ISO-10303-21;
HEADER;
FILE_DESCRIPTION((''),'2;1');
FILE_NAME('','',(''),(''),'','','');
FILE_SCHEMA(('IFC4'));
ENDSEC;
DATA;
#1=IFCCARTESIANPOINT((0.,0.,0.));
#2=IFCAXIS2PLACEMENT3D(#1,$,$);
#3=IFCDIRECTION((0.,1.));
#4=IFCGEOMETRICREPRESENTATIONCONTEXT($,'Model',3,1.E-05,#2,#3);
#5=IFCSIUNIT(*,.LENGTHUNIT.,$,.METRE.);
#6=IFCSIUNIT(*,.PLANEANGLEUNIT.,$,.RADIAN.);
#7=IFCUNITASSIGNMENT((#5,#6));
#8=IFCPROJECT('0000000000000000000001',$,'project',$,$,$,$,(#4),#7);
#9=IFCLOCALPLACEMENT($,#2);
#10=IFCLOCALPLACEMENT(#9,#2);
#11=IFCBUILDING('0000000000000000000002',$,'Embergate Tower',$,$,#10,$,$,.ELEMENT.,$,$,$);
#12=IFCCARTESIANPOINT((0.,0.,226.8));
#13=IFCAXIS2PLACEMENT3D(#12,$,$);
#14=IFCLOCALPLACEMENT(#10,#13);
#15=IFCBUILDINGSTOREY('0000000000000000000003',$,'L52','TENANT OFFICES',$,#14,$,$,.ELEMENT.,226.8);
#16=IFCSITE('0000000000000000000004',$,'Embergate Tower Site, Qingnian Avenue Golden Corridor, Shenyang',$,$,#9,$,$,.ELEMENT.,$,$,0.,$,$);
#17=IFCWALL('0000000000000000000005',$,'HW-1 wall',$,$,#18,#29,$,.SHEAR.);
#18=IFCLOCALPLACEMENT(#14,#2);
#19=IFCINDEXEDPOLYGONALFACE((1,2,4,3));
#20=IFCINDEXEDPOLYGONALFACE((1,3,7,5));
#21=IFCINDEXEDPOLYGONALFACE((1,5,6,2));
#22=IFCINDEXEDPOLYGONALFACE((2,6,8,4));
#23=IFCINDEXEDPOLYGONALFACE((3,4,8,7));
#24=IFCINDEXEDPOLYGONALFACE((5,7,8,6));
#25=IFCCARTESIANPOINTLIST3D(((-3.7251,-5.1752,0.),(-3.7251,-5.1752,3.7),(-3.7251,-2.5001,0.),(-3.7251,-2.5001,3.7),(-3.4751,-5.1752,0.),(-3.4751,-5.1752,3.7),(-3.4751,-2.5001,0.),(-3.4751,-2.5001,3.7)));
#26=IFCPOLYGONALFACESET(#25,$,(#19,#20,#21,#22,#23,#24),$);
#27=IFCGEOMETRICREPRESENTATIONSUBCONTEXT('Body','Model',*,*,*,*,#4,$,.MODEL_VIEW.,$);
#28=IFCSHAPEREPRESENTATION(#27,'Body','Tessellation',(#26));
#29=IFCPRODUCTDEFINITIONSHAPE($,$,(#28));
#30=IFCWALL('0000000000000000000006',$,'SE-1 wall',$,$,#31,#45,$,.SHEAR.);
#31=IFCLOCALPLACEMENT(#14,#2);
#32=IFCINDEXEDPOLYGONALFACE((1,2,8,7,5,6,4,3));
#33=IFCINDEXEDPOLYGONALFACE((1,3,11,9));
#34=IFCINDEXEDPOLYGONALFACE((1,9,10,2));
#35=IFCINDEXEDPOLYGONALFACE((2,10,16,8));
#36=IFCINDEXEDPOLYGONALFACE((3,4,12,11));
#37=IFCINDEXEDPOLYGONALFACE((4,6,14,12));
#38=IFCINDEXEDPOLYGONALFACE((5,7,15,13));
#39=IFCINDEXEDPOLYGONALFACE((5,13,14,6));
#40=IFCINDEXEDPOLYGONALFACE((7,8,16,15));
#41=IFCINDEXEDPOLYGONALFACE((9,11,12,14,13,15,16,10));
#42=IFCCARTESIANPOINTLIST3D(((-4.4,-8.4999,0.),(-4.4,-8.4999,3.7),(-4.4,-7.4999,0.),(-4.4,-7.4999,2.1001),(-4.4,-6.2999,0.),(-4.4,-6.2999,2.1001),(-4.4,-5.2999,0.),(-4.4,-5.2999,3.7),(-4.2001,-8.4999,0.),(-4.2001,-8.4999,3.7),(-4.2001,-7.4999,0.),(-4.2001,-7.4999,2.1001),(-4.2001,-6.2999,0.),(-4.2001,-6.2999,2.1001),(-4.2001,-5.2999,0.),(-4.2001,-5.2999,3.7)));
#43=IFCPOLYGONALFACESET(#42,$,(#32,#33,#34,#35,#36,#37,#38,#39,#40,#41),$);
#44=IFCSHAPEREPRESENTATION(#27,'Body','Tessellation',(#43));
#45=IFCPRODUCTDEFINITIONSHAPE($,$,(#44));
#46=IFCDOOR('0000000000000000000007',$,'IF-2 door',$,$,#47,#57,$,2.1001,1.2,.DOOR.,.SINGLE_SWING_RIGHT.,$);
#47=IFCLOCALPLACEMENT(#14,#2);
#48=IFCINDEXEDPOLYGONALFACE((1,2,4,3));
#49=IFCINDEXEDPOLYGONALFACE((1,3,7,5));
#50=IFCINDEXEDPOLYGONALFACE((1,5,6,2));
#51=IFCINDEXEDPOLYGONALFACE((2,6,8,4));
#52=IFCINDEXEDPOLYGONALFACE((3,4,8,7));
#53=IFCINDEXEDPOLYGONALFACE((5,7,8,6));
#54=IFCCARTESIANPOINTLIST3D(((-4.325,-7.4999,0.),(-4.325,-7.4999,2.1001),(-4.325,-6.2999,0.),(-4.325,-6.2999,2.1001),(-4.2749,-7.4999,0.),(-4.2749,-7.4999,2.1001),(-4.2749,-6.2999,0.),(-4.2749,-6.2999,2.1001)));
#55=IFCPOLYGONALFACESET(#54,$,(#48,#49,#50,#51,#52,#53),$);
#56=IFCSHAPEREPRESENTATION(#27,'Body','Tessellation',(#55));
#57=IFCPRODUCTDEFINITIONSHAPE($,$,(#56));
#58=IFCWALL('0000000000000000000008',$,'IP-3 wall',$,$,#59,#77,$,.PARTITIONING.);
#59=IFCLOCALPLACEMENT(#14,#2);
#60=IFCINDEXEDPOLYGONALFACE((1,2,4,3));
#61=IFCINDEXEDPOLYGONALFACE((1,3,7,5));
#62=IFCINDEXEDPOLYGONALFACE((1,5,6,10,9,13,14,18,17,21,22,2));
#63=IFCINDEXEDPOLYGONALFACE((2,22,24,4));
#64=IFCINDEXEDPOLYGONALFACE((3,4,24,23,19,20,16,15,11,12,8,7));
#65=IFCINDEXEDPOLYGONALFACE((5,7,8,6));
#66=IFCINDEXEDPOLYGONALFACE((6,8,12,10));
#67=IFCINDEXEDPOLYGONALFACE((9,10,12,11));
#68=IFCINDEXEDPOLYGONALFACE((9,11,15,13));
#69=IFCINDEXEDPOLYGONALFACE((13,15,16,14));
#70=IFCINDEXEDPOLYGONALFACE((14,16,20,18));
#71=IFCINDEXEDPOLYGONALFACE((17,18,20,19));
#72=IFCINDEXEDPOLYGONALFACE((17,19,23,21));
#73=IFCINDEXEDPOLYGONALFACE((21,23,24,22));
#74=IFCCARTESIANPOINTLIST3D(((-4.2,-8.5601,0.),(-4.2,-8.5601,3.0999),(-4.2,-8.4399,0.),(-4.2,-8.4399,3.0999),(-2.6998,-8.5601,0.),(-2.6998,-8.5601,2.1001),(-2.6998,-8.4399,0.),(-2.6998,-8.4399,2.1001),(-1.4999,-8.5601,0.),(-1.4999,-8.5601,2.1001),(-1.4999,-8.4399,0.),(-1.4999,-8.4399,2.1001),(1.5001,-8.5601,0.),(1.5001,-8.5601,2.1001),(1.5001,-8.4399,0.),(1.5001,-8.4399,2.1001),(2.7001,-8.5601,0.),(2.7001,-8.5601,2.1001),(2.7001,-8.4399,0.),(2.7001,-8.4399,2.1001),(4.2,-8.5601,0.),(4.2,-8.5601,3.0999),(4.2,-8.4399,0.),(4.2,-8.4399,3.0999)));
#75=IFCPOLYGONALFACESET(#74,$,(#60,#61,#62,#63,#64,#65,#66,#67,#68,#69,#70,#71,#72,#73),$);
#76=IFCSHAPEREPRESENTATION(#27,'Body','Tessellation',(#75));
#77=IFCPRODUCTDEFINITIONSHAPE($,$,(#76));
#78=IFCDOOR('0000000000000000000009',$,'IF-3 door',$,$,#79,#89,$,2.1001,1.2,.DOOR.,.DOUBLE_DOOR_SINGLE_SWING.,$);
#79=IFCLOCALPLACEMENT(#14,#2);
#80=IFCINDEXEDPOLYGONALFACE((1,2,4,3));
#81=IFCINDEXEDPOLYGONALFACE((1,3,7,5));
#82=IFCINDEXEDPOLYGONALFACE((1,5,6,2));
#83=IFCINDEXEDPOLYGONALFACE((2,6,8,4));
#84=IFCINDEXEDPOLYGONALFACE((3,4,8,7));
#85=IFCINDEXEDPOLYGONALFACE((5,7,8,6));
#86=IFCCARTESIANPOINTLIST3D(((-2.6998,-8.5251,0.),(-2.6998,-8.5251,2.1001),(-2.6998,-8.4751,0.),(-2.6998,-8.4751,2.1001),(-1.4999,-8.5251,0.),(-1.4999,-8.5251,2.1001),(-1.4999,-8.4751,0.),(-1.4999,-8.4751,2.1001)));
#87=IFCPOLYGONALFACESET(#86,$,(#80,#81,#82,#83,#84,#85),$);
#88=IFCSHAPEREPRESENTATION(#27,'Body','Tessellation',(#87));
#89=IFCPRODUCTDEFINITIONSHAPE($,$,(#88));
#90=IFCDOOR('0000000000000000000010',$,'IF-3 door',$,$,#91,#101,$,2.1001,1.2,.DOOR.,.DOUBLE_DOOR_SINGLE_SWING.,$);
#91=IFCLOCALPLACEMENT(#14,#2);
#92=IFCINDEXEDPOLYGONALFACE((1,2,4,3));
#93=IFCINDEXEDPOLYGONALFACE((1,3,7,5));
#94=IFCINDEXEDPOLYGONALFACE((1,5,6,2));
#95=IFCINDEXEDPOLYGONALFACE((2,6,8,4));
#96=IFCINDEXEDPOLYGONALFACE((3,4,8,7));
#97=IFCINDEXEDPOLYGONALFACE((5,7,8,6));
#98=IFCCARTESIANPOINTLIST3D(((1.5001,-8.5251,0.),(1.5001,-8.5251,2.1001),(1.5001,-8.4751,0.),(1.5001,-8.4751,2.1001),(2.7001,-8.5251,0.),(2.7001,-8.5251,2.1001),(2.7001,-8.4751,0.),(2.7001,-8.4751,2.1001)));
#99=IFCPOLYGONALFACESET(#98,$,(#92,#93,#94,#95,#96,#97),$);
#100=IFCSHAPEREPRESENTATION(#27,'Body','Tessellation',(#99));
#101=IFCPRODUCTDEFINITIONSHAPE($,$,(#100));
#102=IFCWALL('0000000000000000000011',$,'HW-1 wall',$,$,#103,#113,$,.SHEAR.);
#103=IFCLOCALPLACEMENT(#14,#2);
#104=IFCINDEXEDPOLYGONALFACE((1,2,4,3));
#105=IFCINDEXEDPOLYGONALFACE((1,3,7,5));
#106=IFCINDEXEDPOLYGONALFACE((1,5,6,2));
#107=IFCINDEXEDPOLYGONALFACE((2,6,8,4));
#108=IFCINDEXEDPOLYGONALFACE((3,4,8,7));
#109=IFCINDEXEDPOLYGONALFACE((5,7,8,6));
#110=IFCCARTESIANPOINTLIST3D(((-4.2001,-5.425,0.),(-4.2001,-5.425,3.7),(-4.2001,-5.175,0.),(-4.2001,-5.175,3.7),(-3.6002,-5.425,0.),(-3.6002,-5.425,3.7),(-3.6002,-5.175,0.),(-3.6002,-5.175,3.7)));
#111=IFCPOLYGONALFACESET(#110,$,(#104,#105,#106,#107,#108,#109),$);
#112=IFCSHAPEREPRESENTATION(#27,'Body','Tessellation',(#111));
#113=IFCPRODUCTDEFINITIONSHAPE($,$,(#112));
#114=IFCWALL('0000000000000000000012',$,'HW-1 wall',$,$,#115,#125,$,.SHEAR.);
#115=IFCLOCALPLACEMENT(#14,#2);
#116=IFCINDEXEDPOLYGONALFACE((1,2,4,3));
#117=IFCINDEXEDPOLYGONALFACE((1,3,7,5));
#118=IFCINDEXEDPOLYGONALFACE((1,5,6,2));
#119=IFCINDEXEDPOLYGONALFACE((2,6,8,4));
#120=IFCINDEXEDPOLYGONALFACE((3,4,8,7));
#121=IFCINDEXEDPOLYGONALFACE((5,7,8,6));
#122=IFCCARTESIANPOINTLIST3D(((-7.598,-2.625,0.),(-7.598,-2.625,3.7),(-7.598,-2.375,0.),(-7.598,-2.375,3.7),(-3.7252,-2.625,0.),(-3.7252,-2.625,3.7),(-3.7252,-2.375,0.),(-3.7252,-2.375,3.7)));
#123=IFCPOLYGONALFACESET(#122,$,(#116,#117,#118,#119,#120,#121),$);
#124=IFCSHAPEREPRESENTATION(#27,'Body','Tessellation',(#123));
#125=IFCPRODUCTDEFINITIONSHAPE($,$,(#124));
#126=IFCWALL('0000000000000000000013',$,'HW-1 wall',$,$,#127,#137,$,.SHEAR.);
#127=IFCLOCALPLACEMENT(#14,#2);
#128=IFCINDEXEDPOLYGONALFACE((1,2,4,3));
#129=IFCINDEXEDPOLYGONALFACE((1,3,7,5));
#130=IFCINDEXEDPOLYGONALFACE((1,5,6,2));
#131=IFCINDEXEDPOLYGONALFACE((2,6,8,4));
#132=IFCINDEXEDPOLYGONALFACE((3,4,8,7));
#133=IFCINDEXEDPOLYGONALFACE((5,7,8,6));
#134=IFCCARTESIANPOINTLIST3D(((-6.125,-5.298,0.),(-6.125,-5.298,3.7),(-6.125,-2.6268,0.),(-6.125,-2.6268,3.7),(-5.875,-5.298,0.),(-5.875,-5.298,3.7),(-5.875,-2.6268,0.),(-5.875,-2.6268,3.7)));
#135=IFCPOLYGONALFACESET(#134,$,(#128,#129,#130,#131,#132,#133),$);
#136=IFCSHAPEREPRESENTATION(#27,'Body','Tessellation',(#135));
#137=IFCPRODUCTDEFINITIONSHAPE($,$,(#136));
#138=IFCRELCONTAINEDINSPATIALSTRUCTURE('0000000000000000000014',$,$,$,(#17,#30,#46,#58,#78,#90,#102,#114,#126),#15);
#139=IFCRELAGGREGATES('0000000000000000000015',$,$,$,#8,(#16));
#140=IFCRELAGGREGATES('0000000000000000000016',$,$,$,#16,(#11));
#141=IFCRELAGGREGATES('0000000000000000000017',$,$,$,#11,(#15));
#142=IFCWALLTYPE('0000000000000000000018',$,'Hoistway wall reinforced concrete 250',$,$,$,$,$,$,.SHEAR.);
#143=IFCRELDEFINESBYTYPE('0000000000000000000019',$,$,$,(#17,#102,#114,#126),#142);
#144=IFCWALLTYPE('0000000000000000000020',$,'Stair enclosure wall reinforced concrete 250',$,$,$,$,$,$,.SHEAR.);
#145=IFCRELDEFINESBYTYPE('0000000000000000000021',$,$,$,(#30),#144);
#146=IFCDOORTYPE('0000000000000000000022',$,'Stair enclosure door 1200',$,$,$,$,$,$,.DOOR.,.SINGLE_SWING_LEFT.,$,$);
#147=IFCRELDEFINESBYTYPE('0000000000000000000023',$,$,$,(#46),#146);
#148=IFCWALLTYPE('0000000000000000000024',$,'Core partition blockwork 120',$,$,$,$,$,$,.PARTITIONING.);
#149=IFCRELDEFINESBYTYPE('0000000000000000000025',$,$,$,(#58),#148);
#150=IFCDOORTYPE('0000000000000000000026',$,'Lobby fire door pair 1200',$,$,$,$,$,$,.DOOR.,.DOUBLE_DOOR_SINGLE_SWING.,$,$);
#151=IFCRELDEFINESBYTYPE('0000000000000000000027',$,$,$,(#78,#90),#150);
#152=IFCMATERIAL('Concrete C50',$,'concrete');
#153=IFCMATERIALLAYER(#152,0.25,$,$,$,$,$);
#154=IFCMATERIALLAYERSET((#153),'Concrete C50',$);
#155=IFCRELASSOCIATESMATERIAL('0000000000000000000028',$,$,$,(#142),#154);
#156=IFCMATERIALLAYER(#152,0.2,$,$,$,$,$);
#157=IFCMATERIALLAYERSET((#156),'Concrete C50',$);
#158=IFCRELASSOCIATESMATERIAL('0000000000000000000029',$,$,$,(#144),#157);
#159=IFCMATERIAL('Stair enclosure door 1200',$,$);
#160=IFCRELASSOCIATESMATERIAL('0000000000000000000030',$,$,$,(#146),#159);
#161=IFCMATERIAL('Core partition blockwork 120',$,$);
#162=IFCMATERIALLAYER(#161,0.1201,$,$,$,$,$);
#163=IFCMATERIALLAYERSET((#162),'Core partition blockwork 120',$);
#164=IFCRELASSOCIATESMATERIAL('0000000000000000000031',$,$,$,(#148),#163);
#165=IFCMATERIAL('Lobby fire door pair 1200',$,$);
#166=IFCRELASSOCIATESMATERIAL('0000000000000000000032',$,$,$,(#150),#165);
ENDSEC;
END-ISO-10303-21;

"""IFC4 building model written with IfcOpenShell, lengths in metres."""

from ifc_helpers import new_model, si_unit, direction, frame, frame_2d, origin, place, context, subcontext, project, spatial, rectangle, extrude, source, transform, mapped, material, layer, layer_set, type_object, element, fill, save


model = new_model("IFC4")

# Units and contexts
model_context = context("Model", 3, precision=1e-05, world=origin(), true_north=direction((0.0, 1.0)))
body_context = subcontext(model_context, "Body", "Model", "MODEL_VIEW")
ifc_project = project(units=[si_unit("LENGTHUNIT", "METRE"), si_unit("PLANEANGLEUNIT", "RADIAN")], contexts=[model_context])

# Site, building, storey
site_placement = place(None, origin())
site = spatial("IfcSite", under=ifc_project, at=site_placement, Name="Embergate Tower Site, Qingnian Avenue Golden Corridor, Shenyang", CompositionType="ELEMENT", RefElevation=0.0)
building_placement = place(site_placement, origin())
building = spatial("IfcBuilding", under=site, at=building_placement, Name="Embergate Tower", CompositionType="ELEMENT")
storey_placement = place(building_placement, frame((0.0, 0.0, 226.8)))
storey = spatial("IfcBuildingStorey", under=building, at=storey_placement, Name="L52", Description="TENANT OFFICES", CompositionType="ELEMENT", Elevation=226.8)

# Wall
ifc_material_1 = material(Name="Concrete C50", Category="concrete")
ifc_layer_1 = layer(ifc_material_1, 0.25)
ifc_layer_set_1 = layer_set([ifc_layer_1], Name="Concrete C50")
wall_type_1 = type_object("IfcWallType", Name="Hoistway wall reinforced concrete 250", PredefinedType="SHEAR", material=ifc_layer_set_1)
shared_shape_1 = source(origin(), body_context, "Body", "SweptSolid", [
    extrude(rectangle(XDim=2.675, YDim=0.25, at=frame_2d((1.3374, 0.0))), origin(), (0.0, 0.0, 1.0), 3.7),
])
wall_1_placement = place(storey_placement, frame((-3.6001, -5.175, 0.0), z_axis=(0.0, 0.0, 1.0), x_axis=(0.0, 1.0, 0.0)))
element("IfcWall", 1, at=wall_1_placement, inside=storey, type_object=wall_type_1, Name="HW-1 wall", PredefinedType="SHEAR", context=body_context, shape_type="MappedRepresentation", body=[
    mapped(shared_shape_1, transform((0.0, 0.0, 0.0))),
])

# Wall, opening, door
ifc_layer_2 = layer(ifc_material_1, 0.2)
ifc_layer_set_2 = layer_set([ifc_layer_2], Name="Concrete C50")
wall_type_2 = type_object("IfcWallType", Name="Stair enclosure wall reinforced concrete 250", PredefinedType="SHEAR", material=ifc_layer_set_2)
shared_shape_2 = source(origin(), body_context, "Body", "SweptSolid", [
    extrude(rectangle(XDim=3.2, YDim=0.2, at=frame_2d((1.6001, 0.0))), origin(), (0.0, 0.0, 1.0), 3.7),
])
wall_2_placement = place(storey_placement, frame((-4.3, -8.5, 0.0), z_axis=(0.0, 0.0, 1.0), x_axis=(0.0, 1.0, 0.0)))
wall_2 = element("IfcWall", 2, at=wall_2_placement, inside=storey, type_object=wall_type_2, Name="SE-1 wall", PredefinedType="SHEAR", context=body_context, shape_type="MappedRepresentation", body=[
    mapped(shared_shape_2, transform((0.0, 0.0, 0.0))),
])
shared_shape_3 = source(origin(), body_context, "Body", "SweptSolid", [
    extrude(rectangle(XDim=1.2, YDim=2.1001, at=frame_2d((0.6001, 1.05))), frame((0.0, 0.1099, 0.0), z_axis=(0.0, -1.0, 0.0), x_axis=(1.0, 0.0, 0.0)), (0.0, 0.0, 1.0), 0.22),
])
opening_1_placement = place(wall_2_placement, frame((1.0, 0.0, 0.0)))
opening_1 = element("IfcOpeningElement", 3, at=opening_1_placement, cuts=wall_2, PredefinedType="OPENING", context=body_context, shape_type="MappedRepresentation", body=[
    mapped(shared_shape_3, transform((0.0, 0.0, 0.0))),
])
ifc_material_2 = material(Name="Stair enclosure door 1200")
door_type_1 = type_object("IfcDoorType", Name="Stair enclosure door 1200", OperationType="SINGLE_SWING_LEFT", PredefinedType="DOOR", material=ifc_material_2)
shared_shape_4 = source(origin(), body_context, "Body", "SweptSolid", [
    extrude(rectangle(XDim=1.2, YDim=2.1001, at=frame_2d((0.6001, 1.05))), frame((0.0, 0.0249, 0.0), z_axis=(0.0, -1.0, 0.0), x_axis=(1.0, 0.0, 0.0)), (0.0, 0.0, 1.0), 0.05),
])
door_1_placement = place(opening_1_placement, origin())
door_1 = element("IfcDoor", 4, at=door_1_placement, inside=storey, type_object=door_type_1, Name="IF-2 door", OperationType="SINGLE_SWING_RIGHT", OverallHeight=2.1001, OverallWidth=1.2, PredefinedType="DOOR", context=body_context, shape_type="MappedRepresentation", body=[
    mapped(shared_shape_4, transform((0.0, 0.0, 0.0))),
])
fill(opening_1, door_1)

# Wall, openings, doors
ifc_material_3 = material(Name="Core partition blockwork 120")
ifc_layer_3 = layer(ifc_material_3, 0.1201)
ifc_layer_set_3 = layer_set([ifc_layer_3], Name="Core partition blockwork 120")
wall_type_3 = type_object("IfcWallType", Name="Core partition blockwork 120", PredefinedType="PARTITIONING", material=ifc_layer_set_3)
shared_shape_5 = source(origin(), body_context, "Body", "SweptSolid", [
    extrude(rectangle(XDim=8.3999, YDim=0.1201, at=frame_2d((4.2, 0.0))), origin(), (0.0, 0.0, 1.0), 3.0999),
])
wall_3_placement = place(storey_placement, frame((-4.2, -8.5, 0.0), z_axis=(0.0, 0.0, 1.0), x_axis=(1.0, 0.0, 0.0)))
wall_3 = element("IfcWall", 5, at=wall_3_placement, inside=storey, type_object=wall_type_3, Name="IP-3 wall", PredefinedType="PARTITIONING", context=body_context, shape_type="MappedRepresentation", body=[
    mapped(shared_shape_5, transform((0.0, 0.0, 0.0))),
])
shared_shape_6 = source(origin(), body_context, "Body", "SweptSolid", [
    extrude(rectangle(XDim=1.2, YDim=2.1001, at=frame_2d((0.6001, 1.05))), frame((0.0, 0.0701, 0.0), z_axis=(0.0, -1.0, 0.0), x_axis=(1.0, 0.0, 0.0)), (0.0, 0.0, 1.0), 0.1401),
])
opening_2_placement = place(wall_3_placement, frame((1.5, 0.0, 0.0)))
opening_2 = element("IfcOpeningElement", 6, at=opening_2_placement, cuts=wall_3, PredefinedType="OPENING", context=body_context, shape_type="MappedRepresentation", body=[
    mapped(shared_shape_6, transform((0.0, 0.0, 0.0))),
])
opening_3_placement = place(wall_3_placement, frame((5.7, 0.0, 0.0)))
opening_3 = element("IfcOpeningElement", 7, at=opening_3_placement, cuts=wall_3, PredefinedType="OPENING", context=body_context, shape_type="MappedRepresentation", body=[
    mapped(shared_shape_6, transform((0.0, 0.0, 0.0))),
])
ifc_material_4 = material(Name="Lobby fire door pair 1200")
door_type_2 = type_object("IfcDoorType", Name="Lobby fire door pair 1200", OperationType="DOUBLE_DOOR_SINGLE_SWING", PredefinedType="DOOR", material=ifc_material_4)
door_2_placement = place(opening_2_placement, origin())
door_2 = element("IfcDoor", 8, at=door_2_placement, inside=storey, type_object=door_type_2, Name="IF-3 door", OperationType="DOUBLE_DOOR_SINGLE_SWING", OverallHeight=2.1001, OverallWidth=1.2, PredefinedType="DOOR", context=body_context, shape_type="MappedRepresentation", body=[
    mapped(shared_shape_4, transform((0.0, 0.0, 0.0))),
])
fill(opening_2, door_2)
door_3_placement = place(opening_3_placement, origin())
door_3 = element("IfcDoor", 9, at=door_3_placement, inside=storey, type_object=door_type_2, Name="IF-3 door", OperationType="DOUBLE_DOOR_SINGLE_SWING", OverallHeight=2.1001, OverallWidth=1.2, PredefinedType="DOOR", context=body_context, shape_type="MappedRepresentation", body=[
    mapped(shared_shape_4, transform((0.0, 0.0, 0.0))),
])
fill(opening_3, door_3)

# Walls
shared_shape_7 = source(origin(), body_context, "Body", "SweptSolid", [
    extrude(rectangle(XDim=0.5999, YDim=0.25, at=frame_2d((0.2998, 0.0))), origin(), (0.0, 0.0, 1.0), 3.7),
])
wall_4_placement = place(storey_placement, frame((-4.2, -5.3, 0.0), z_axis=(0.0, 0.0, 1.0), x_axis=(1.0, 0.0, 0.0)))
element("IfcWall", 10, at=wall_4_placement, inside=storey, type_object=wall_type_1, Name="HW-1 wall", PredefinedType="SHEAR", context=body_context, shape_type="MappedRepresentation", body=[
    mapped(shared_shape_7, transform((0.0, 0.0, 0.0))),
])
shared_shape_8 = source(origin(), body_context, "Body", "SweptSolid", [
    extrude(rectangle(XDim=3.8728, YDim=0.25, at=frame_2d((1.9365, 0.0))), origin(), (0.0, 0.0, 1.0), 3.7),
])
wall_5_placement = place(storey_placement, frame((-3.7251, -2.5, 0.0), z_axis=(0.0, 0.0, 1.0), x_axis=(-1.0, 0.0, 0.0)))
element("IfcWall", 11, at=wall_5_placement, inside=storey, type_object=wall_type_1, Name="HW-1 wall", PredefinedType="SHEAR", context=body_context, shape_type="MappedRepresentation", body=[
    mapped(shared_shape_8, transform((0.0, 0.0, 0.0))),
])
shared_shape_9 = source(origin(), body_context, "Body", "SweptSolid", [
    extrude(rectangle(XDim=2.6711, YDim=0.25, at=frame_2d((1.3354, 0.0))), origin(), (0.0, 0.0, 1.0), 3.7),
])
wall_6_placement = place(storey_placement, frame((-6.0, -2.627, 0.0), z_axis=(0.0, 0.0, 1.0), x_axis=(0.0, -1.0, 0.0)))
element("IfcWall", 12, at=wall_6_placement, inside=storey, type_object=wall_type_1, Name="HW-1 wall", PredefinedType="SHEAR", context=body_context, shape_type="MappedRepresentation", body=[
    mapped(shared_shape_9, transform((0.0, 0.0, 0.0))),
])

save(model, "model.ifc")
